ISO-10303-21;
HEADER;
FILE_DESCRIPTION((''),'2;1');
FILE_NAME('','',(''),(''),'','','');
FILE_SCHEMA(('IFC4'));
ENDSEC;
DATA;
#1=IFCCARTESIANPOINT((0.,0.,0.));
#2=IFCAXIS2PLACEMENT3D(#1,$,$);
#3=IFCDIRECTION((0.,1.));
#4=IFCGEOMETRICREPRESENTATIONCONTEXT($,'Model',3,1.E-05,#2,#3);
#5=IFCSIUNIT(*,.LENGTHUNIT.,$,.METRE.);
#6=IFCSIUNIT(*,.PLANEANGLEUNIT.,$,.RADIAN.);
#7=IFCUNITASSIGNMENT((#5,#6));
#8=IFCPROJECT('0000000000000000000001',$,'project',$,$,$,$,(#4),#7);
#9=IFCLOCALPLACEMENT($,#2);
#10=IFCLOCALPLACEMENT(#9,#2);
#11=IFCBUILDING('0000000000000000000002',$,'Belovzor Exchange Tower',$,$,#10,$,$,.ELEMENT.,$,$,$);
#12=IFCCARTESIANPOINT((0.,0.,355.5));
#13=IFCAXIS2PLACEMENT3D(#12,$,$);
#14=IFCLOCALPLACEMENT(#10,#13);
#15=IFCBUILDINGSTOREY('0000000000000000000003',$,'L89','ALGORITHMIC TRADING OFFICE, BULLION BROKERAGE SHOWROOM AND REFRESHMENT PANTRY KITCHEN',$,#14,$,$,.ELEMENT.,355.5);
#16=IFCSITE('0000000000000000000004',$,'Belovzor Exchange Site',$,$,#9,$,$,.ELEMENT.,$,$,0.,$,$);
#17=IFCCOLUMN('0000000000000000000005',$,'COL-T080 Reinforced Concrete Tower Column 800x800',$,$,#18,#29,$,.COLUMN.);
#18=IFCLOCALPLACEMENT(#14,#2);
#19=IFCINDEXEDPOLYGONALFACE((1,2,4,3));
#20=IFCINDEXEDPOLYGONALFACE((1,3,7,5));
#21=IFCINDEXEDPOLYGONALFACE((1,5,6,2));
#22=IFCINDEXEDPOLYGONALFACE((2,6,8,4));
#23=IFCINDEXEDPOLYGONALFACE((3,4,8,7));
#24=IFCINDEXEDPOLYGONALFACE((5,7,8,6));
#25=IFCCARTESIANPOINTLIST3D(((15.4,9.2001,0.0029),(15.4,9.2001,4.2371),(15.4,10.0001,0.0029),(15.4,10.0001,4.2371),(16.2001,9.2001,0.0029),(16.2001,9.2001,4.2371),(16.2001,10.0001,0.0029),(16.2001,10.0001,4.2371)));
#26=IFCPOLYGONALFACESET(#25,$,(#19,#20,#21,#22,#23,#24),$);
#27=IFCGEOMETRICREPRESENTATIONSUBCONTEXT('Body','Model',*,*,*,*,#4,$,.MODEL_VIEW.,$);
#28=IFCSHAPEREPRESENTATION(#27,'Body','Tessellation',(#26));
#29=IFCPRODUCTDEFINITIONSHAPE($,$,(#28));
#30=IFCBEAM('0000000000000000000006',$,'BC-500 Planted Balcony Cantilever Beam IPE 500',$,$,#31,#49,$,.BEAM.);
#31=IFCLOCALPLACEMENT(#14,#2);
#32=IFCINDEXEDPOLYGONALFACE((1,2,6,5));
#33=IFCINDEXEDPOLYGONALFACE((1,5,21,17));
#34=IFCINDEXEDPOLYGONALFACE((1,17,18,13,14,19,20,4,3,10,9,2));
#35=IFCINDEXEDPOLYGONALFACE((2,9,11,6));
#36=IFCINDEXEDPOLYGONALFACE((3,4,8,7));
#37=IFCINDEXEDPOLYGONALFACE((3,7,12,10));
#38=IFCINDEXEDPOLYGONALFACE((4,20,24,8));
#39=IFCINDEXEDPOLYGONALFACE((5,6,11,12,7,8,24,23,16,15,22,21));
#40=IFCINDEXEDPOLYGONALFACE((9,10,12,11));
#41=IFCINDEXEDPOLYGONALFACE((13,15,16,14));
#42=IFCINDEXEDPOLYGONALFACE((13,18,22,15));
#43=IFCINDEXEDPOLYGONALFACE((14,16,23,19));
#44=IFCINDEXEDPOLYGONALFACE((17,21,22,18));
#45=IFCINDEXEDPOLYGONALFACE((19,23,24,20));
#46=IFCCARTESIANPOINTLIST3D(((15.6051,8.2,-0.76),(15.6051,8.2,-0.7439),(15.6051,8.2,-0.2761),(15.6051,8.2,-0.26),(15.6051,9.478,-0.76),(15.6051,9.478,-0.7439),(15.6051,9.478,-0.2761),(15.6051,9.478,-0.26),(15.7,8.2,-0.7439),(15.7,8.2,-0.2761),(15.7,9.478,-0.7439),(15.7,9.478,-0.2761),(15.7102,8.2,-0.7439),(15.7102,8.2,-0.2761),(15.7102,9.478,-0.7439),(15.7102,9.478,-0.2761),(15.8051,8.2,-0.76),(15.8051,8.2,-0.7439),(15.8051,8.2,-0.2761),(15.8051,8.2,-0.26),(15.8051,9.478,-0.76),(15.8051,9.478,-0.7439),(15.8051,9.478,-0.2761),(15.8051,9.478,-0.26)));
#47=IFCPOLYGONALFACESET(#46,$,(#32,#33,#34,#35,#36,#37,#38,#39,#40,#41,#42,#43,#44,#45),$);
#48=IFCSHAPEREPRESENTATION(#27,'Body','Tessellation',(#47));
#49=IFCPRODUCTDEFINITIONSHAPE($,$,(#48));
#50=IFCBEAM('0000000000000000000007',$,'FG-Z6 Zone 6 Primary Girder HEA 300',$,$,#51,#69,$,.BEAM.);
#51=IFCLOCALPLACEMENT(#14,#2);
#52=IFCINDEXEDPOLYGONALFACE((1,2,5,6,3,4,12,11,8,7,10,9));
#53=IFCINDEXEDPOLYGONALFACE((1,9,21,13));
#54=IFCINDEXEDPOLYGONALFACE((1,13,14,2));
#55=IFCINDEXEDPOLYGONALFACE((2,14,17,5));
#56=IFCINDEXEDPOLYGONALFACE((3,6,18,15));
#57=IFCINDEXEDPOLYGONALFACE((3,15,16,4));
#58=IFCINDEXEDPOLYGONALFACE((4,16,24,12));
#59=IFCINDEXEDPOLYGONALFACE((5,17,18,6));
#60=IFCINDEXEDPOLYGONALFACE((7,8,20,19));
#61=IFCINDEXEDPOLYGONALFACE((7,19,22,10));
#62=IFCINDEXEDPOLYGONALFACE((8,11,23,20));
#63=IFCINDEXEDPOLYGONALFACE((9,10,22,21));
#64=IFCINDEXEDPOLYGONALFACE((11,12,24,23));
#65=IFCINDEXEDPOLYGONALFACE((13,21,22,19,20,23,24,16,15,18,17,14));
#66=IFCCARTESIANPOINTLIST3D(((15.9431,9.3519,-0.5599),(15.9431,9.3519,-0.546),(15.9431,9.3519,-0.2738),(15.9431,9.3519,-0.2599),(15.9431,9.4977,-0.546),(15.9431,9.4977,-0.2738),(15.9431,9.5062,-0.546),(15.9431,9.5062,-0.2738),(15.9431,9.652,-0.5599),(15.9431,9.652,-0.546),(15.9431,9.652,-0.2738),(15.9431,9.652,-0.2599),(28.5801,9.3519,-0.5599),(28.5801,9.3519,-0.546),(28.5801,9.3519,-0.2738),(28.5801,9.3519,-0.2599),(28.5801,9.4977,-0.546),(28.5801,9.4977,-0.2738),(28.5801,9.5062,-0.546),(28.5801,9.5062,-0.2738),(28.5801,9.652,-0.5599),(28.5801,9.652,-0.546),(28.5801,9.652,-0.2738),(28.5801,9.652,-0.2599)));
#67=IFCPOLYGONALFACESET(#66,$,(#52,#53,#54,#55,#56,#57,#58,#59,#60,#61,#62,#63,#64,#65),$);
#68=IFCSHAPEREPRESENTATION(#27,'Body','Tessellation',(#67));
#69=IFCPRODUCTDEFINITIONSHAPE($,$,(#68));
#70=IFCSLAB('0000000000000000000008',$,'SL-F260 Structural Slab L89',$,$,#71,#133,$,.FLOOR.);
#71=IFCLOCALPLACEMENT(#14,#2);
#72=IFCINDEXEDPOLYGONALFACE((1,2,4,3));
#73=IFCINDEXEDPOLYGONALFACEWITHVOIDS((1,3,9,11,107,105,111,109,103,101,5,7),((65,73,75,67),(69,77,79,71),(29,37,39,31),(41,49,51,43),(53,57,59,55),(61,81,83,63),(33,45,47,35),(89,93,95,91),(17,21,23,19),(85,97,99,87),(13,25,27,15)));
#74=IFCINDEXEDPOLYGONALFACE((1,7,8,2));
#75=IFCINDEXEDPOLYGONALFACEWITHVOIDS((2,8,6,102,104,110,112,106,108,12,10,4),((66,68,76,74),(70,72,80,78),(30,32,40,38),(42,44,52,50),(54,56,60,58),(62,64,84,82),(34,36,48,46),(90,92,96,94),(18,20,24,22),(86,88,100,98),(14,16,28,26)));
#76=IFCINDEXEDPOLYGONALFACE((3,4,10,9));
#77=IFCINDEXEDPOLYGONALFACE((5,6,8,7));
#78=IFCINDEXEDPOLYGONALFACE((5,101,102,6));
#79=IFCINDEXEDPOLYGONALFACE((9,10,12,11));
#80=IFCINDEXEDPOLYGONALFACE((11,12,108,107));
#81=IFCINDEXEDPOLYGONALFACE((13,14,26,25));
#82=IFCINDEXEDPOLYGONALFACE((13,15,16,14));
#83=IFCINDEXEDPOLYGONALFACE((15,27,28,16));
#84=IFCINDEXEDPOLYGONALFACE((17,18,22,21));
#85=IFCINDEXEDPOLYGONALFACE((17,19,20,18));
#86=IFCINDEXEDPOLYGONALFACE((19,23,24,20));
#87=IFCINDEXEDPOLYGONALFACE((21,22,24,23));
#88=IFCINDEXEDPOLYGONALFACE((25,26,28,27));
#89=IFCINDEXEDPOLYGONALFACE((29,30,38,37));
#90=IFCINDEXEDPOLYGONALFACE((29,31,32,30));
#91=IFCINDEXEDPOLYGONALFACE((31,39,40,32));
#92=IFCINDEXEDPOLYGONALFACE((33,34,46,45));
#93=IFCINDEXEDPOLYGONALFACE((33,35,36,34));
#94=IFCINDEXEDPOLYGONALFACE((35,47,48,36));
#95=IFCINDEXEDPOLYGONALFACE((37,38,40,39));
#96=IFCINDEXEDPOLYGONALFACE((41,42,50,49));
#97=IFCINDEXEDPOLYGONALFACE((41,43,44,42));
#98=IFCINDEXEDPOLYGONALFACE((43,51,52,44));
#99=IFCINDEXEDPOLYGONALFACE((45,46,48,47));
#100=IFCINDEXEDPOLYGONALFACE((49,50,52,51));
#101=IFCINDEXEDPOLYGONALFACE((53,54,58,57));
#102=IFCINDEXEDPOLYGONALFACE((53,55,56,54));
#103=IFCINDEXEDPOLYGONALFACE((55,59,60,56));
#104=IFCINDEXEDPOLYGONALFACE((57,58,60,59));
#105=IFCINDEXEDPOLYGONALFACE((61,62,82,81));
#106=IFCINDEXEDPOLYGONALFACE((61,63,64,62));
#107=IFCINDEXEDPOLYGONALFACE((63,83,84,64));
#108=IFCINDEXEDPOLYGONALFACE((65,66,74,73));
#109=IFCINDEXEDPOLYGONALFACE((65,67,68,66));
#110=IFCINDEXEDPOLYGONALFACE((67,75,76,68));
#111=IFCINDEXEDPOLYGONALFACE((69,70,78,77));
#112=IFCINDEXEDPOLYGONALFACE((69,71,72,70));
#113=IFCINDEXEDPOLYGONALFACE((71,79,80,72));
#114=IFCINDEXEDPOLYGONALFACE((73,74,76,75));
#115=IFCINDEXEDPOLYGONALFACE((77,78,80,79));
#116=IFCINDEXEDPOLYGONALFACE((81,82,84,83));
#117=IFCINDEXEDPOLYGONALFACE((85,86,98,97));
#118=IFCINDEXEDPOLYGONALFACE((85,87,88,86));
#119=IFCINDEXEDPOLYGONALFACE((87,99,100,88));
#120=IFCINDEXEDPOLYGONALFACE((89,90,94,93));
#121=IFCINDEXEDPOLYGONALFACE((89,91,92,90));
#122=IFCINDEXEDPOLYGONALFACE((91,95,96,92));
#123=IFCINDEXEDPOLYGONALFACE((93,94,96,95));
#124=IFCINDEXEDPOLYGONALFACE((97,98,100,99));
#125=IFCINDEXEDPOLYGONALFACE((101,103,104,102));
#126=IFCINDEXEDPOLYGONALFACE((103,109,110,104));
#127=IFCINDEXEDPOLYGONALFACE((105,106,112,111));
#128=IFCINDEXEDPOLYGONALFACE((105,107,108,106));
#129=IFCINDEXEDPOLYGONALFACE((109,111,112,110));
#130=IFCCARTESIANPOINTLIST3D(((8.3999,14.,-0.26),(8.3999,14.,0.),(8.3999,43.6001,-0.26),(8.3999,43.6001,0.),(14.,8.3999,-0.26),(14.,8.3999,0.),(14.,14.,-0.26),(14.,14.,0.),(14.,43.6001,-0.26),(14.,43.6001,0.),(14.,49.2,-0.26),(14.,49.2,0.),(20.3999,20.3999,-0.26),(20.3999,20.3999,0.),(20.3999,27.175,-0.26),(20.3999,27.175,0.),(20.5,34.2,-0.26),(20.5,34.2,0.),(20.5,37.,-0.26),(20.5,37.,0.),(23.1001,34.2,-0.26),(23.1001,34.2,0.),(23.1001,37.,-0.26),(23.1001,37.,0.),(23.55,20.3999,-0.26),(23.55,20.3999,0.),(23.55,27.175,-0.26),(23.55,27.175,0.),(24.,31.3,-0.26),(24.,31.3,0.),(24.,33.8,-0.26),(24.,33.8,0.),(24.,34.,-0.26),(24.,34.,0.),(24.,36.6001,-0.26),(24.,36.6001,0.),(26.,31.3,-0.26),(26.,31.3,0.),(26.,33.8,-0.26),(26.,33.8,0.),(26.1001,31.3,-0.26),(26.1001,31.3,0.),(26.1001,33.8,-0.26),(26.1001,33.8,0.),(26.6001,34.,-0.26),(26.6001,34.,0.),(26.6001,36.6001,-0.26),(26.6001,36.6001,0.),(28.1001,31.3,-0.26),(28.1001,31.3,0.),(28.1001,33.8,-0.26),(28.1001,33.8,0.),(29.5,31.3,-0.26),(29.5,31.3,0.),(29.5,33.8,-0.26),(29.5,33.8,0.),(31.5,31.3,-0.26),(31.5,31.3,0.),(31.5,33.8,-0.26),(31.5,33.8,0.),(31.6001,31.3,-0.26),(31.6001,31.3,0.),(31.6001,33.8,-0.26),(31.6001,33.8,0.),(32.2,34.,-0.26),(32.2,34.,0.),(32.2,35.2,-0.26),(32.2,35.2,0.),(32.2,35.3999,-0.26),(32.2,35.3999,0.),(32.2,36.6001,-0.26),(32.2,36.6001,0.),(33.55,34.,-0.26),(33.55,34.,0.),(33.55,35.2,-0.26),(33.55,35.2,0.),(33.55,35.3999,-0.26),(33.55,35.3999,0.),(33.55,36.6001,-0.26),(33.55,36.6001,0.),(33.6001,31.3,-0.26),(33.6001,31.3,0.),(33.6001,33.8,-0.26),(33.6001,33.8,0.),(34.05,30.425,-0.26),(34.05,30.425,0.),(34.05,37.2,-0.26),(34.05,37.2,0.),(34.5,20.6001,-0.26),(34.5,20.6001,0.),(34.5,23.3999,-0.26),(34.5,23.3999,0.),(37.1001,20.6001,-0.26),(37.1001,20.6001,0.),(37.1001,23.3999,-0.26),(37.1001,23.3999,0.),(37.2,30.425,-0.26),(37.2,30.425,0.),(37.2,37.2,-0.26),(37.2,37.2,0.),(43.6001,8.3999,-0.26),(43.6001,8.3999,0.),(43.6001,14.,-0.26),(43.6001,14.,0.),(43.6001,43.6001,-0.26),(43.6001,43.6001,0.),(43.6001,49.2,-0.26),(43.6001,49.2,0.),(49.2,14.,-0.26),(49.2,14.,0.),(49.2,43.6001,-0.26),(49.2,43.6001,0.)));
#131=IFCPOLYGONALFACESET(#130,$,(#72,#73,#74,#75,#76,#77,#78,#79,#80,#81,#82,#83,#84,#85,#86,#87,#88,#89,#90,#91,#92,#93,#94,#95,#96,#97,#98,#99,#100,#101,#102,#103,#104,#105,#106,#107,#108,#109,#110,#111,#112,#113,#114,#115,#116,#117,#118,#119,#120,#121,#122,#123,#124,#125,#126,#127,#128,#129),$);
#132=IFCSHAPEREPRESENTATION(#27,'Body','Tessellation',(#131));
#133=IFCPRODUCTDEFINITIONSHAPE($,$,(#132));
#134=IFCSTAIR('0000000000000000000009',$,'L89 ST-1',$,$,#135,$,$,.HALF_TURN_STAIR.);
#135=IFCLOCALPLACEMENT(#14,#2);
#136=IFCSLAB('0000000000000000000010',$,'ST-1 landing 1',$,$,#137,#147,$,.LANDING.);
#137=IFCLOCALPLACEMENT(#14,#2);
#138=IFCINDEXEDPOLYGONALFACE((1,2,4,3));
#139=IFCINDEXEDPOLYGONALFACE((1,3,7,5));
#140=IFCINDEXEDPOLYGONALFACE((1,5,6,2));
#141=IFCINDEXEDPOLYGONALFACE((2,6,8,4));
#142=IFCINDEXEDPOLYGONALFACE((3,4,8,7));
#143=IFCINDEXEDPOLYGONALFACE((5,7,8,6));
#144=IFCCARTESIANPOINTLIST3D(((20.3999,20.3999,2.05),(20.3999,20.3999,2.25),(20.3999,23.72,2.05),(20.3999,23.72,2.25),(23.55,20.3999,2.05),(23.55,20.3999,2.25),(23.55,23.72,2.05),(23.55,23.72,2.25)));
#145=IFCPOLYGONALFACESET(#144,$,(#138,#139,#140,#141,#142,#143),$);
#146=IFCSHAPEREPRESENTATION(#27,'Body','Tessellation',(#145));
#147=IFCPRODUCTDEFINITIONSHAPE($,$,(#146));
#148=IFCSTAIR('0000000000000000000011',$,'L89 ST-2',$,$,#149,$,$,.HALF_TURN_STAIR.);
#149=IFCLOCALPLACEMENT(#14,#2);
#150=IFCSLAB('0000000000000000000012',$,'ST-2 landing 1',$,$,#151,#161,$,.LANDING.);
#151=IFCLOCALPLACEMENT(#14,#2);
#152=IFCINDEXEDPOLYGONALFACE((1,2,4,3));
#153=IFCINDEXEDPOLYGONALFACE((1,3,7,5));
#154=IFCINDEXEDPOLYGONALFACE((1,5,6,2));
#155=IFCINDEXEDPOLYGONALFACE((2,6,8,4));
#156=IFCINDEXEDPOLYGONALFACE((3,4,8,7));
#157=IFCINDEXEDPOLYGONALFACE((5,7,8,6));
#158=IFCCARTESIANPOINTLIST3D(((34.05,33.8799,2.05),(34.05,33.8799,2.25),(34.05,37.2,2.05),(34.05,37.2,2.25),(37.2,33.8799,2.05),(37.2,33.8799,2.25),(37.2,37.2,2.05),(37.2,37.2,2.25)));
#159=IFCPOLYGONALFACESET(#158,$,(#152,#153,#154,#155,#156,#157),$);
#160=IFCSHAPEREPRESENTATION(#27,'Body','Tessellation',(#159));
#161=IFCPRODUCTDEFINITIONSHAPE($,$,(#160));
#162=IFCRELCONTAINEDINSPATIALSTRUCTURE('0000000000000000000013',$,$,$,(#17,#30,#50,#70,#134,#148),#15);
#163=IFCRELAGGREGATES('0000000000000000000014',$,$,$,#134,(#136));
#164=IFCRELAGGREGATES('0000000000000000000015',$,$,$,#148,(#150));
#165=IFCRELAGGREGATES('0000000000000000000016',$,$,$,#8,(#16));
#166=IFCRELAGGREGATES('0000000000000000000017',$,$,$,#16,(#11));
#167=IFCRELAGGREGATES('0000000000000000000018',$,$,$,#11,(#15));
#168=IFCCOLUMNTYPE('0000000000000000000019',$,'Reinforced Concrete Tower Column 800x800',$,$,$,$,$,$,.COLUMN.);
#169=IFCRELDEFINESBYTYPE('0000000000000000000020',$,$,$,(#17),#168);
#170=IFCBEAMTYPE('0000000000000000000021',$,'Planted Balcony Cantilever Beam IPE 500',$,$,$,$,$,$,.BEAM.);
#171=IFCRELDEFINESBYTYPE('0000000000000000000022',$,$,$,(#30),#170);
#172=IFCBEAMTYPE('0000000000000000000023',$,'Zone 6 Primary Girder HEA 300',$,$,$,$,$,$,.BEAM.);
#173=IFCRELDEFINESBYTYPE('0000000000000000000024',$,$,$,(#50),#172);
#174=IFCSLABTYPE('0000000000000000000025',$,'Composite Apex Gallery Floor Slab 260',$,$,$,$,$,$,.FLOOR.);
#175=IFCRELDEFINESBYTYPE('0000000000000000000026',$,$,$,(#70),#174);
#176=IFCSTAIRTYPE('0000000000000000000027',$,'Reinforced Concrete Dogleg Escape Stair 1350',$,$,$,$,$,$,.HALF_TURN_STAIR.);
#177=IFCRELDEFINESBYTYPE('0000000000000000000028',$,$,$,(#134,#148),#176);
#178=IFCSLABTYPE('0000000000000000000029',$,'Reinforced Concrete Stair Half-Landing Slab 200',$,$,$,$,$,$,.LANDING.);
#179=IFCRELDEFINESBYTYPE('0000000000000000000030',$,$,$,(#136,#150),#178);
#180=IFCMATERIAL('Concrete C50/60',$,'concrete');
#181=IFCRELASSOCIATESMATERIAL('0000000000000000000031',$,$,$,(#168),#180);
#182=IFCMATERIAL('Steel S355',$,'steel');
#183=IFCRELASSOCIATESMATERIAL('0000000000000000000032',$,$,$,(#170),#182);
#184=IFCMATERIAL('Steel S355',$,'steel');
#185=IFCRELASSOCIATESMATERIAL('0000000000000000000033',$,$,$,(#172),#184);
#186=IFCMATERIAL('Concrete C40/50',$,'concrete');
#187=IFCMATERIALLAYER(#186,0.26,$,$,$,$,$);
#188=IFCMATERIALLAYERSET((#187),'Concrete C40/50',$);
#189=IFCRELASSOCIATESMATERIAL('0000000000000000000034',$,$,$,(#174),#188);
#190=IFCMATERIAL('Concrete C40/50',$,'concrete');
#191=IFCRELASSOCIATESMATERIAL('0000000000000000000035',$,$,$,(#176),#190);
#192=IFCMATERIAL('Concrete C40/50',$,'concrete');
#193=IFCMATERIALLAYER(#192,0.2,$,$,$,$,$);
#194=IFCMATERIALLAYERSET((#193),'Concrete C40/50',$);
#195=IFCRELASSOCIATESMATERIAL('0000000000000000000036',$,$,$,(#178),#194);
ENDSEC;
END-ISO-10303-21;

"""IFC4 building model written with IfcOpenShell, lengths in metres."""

from ifc_helpers import new_model, si_unit, direction, frame, origin, origin_2d, place, context, subcontext, project, spatial, polyline, rectangle, i_section, outline, extrude, material, layer, layer_set, material_profile, profile_set, type_object, element, aggregate, save


model = new_model("IFC4")

# Units and contexts
model_context = context("Model", 3, precision=1e-05, world=origin(), true_north=direction((0.0, 1.0)))
body_context = subcontext(model_context, "Body", "Model", "MODEL_VIEW")
ifc_project = project(units=[si_unit("LENGTHUNIT", "METRE"), si_unit("PLANEANGLEUNIT", "RADIAN")], contexts=[model_context])

# Site, building, storey
site_placement = place(None, origin())
site = spatial("IfcSite", under=ifc_project, at=site_placement, Name="Belovzor Exchange Site", CompositionType="ELEMENT", RefElevation=0.0)
building_placement = place(site_placement, origin())
building = spatial("IfcBuilding", under=site, at=building_placement, Name="Belovzor Exchange Tower", CompositionType="ELEMENT")
storey_placement = place(building_placement, frame((0.0, 0.0, 355.5)))
storey = spatial("IfcBuildingStorey", under=building, at=storey_placement, Name="L89", Description="ALGORITHMIC TRADING OFFICE, BULLION BROKERAGE SHOWROOM AND REFRESHMENT PANTRY KITCHEN", CompositionType="ELEMENT", Elevation=355.5)

# Column
ifc_material_1 = material(Name="Concrete C50/60", Category="concrete")
ifc_material_profile_1 = material_profile(ifc_material_1, rectangle(XDim=0.8, YDim=0.8, at=origin_2d()))
ifc_profile_set_1 = profile_set([ifc_material_profile_1], Name="Concrete C50/60")
column_type = type_object("IfcColumnType", Name="Reinforced Concrete Tower Column 800x800", PredefinedType="COLUMN", material=ifc_profile_set_1)
column_placement = place(storey_placement, frame((15.8, 9.6001, 0.0029), z_axis=(0.0, 0.0, 1.0), x_axis=(1.0, 0.0, 0.0)))
element("IfcColumn", 1, at=column_placement, inside=storey, type_object=column_type, Name="COL-T080 Reinforced Concrete Tower Column 800x800", PredefinedType="COLUMN", context=body_context, shape_type="SweptSolid", body=[
    extrude(rectangle(XDim=0.8, YDim=0.8, at=origin_2d()), origin(), (0.0, 0.0, 1.0), 4.2341),
])

# Beams
ifc_material_2 = material(Name="Steel S355", Category="steel")
ifc_material_profile_2 = material_profile(ifc_material_2, i_section(OverallWidth=0.2, OverallDepth=0.5, WebThickness=0.0103, FlangeThickness=0.0161, at=origin_2d()))
ifc_profile_set_2 = profile_set([ifc_material_profile_2], Name="Steel S355")
beam_type_1 = type_object("IfcBeamType", Name="Planted Balcony Cantilever Beam IPE 500", PredefinedType="BEAM", material=ifc_profile_set_2)
beam_1_placement = place(storey_placement, frame((15.7051, 9.478, -0.51), z_axis=(0.0, -1.0, 0.0), x_axis=(1.0, 0.0, 0.0)))
element("IfcBeam", 2, at=beam_1_placement, inside=storey, type_object=beam_type_1, Name="BC-500 Planted Balcony Cantilever Beam IPE 500", PredefinedType="BEAM", context=body_context, shape_type="SweptSolid", body=[
    extrude(i_section(OverallWidth=0.2, OverallDepth=0.5, WebThickness=0.0103, FlangeThickness=0.0161, at=origin_2d()), origin(), (0.0, 0.0, 1.0), 1.2781),
])
ifc_material_3 = material(Name="Steel S355", Category="steel")
ifc_material_profile_3 = material_profile(ifc_material_3, i_section(OverallWidth=0.3, OverallDepth=0.3, WebThickness=0.0085, FlangeThickness=0.0139, at=origin_2d()))
ifc_profile_set_3 = profile_set([ifc_material_profile_3], Name="Steel S355")
beam_type_2 = type_object("IfcBeamType", Name="Zone 6 Primary Girder HEA 300", PredefinedType="BEAM", material=ifc_profile_set_3)
beam_2_placement = place(storey_placement, frame((15.9431, 9.502, -0.4099), z_axis=(1.0, 0.0, 0.0), x_axis=(0.0, 1.0, 0.0)))
element("IfcBeam", 3, at=beam_2_placement, inside=storey, type_object=beam_type_2, Name="FG-Z6 Zone 6 Primary Girder HEA 300", PredefinedType="BEAM", context=body_context, shape_type="SweptSolid", body=[
    extrude(i_section(OverallWidth=0.3, OverallDepth=0.3, WebThickness=0.0085, FlangeThickness=0.0139, at=origin_2d()), origin(), (0.0, 0.0, 1.0), 12.637),
])

# Slab
ifc_material_4 = material(Name="Concrete C40/50", Category="concrete")
ifc_layer_1 = layer(ifc_material_4, 0.26)
ifc_layer_set_1 = layer_set([ifc_layer_1], Name="Concrete C40/50")
slab_type_1 = type_object("IfcSlabType", Name="Composite Apex Gallery Floor Slab 260", PredefinedType="FLOOR", material=ifc_layer_set_1)
slab_1_placement = place(storey_placement, frame((0.0, 0.0, -0.26)))
element("IfcSlab", 4, at=slab_1_placement, inside=storey, type_object=slab_type_1, Name="SL-F260 Structural Slab L89", PredefinedType="FLOOR", context=body_context, shape_type="SweptSolid", body=[
    extrude(outline(polyline([(14.0, 8.3999), (43.6001, 8.3999), (43.6001, 14.0), (49.2, 14.0), (49.2, 43.6001), (43.6001, 43.6001), (43.6001, 49.2), (14.0, 49.2), (14.0, 43.6001), (8.3999, 43.6001), (8.3999, 14.0), (14.0, 14.0), (14.0, 8.3999)]), holes=[polyline([(20.3999, 27.175), (20.3999, 20.3999), (23.55, 20.3999), (23.55, 27.175), (20.3999, 27.175)]), polyline([(37.2, 30.425), (37.2, 37.2), (34.05, 37.2), (34.05, 30.425), (37.2, 30.425)]), polyline([(20.5, 34.2), (23.1001, 34.2), (23.1001, 37.0), (20.5, 37.0), (20.5, 34.2)]), polyline([(34.5, 20.6001), (37.1001, 20.6001), (37.1001, 23.3999), (34.5, 23.3999), (34.5, 20.6001)]), polyline([(24.0, 34.0), (26.6001, 34.0), (26.6001, 36.6001), (24.0, 36.6001), (24.0, 34.0)]), polyline([(24.0, 31.3), (26.0, 31.3), (26.0, 33.8), (24.0, 33.8), (24.0, 31.3)]), polyline([(26.1001, 31.3), (28.1001, 31.3), (28.1001, 33.8), (26.1001, 33.8), (26.1001, 31.3)]), polyline([(29.5, 31.3), (31.5, 31.3), (31.5, 33.8), (29.5, 33.8), (29.5, 31.3)]), polyline([(31.6001, 31.3), (33.6001, 31.3), (33.6001, 33.8), (31.6001, 33.8), (31.6001, 31.3)]), polyline([(32.2, 34.0), (33.55, 34.0), (33.55, 35.2), (32.2, 35.2), (32.2, 34.0)]), polyline([(32.2, 35.3999), (33.55, 35.3999), (33.55, 36.6001), (32.2, 36.6001), (32.2, 35.3999)])]), origin(), (0.0, 0.0, 1.0), 0.26),
])

# Stairs, slabs
ifc_material_5 = material(Name="Concrete C40/50", Category="concrete")
stair_type = type_object("IfcStairType", Name="Reinforced Concrete Dogleg Escape Stair 1350", PredefinedType="HALF_TURN_STAIR", material=ifc_material_5)
stair_1_placement = place(storey_placement, origin())
stair_1 = element("IfcStair", 5, at=stair_1_placement, inside=storey, type_object=stair_type, Name="L89 ST-1", PredefinedType="HALF_TURN_STAIR")
ifc_material_6 = material(Name="Concrete C40/50", Category="concrete")
ifc_layer_2 = layer(ifc_material_6, 0.2)
ifc_layer_set_2 = layer_set([ifc_layer_2], Name="Concrete C40/50")
slab_type_2 = type_object("IfcSlabType", Name="Reinforced Concrete Stair Half-Landing Slab 200", PredefinedType="LANDING", material=ifc_layer_set_2)
slab_2_placement = place(storey_placement, frame((0.0, 0.0, 2.05)))
slab_2 = element("IfcSlab", 6, at=slab_2_placement, type_object=slab_type_2, Name="ST-1 landing 1", PredefinedType="LANDING", context=body_context, shape_type="SweptSolid", body=[
    extrude(outline(polyline([(20.3999, 23.72), (20.3999, 20.3999), (23.55, 20.3999), (23.55, 23.72), (20.3999, 23.72)])), origin(), (0.0, 0.0, 1.0), 0.2),
])
aggregate(stair_1, [slab_2])
stair_2_placement = place(storey_placement, origin())
stair_2 = element("IfcStair", 7, at=stair_2_placement, inside=storey, type_object=stair_type, Name="L89 ST-2", PredefinedType="HALF_TURN_STAIR")
slab_3_placement = place(storey_placement, frame((0.0, 0.0, 2.05)))
slab_3 = element("IfcSlab", 8, at=slab_3_placement, type_object=slab_type_2, Name="ST-2 landing 1", PredefinedType="LANDING", context=body_context, shape_type="SweptSolid", body=[
    extrude(outline(polyline([(37.2, 33.8799), (37.2, 37.2), (34.05, 37.2), (34.05, 33.8799), (37.2, 33.8799)])), origin(), (0.0, 0.0, 1.0), 0.2),
])
aggregate(stair_2, [slab_3])

save(model, "model.ifc")
